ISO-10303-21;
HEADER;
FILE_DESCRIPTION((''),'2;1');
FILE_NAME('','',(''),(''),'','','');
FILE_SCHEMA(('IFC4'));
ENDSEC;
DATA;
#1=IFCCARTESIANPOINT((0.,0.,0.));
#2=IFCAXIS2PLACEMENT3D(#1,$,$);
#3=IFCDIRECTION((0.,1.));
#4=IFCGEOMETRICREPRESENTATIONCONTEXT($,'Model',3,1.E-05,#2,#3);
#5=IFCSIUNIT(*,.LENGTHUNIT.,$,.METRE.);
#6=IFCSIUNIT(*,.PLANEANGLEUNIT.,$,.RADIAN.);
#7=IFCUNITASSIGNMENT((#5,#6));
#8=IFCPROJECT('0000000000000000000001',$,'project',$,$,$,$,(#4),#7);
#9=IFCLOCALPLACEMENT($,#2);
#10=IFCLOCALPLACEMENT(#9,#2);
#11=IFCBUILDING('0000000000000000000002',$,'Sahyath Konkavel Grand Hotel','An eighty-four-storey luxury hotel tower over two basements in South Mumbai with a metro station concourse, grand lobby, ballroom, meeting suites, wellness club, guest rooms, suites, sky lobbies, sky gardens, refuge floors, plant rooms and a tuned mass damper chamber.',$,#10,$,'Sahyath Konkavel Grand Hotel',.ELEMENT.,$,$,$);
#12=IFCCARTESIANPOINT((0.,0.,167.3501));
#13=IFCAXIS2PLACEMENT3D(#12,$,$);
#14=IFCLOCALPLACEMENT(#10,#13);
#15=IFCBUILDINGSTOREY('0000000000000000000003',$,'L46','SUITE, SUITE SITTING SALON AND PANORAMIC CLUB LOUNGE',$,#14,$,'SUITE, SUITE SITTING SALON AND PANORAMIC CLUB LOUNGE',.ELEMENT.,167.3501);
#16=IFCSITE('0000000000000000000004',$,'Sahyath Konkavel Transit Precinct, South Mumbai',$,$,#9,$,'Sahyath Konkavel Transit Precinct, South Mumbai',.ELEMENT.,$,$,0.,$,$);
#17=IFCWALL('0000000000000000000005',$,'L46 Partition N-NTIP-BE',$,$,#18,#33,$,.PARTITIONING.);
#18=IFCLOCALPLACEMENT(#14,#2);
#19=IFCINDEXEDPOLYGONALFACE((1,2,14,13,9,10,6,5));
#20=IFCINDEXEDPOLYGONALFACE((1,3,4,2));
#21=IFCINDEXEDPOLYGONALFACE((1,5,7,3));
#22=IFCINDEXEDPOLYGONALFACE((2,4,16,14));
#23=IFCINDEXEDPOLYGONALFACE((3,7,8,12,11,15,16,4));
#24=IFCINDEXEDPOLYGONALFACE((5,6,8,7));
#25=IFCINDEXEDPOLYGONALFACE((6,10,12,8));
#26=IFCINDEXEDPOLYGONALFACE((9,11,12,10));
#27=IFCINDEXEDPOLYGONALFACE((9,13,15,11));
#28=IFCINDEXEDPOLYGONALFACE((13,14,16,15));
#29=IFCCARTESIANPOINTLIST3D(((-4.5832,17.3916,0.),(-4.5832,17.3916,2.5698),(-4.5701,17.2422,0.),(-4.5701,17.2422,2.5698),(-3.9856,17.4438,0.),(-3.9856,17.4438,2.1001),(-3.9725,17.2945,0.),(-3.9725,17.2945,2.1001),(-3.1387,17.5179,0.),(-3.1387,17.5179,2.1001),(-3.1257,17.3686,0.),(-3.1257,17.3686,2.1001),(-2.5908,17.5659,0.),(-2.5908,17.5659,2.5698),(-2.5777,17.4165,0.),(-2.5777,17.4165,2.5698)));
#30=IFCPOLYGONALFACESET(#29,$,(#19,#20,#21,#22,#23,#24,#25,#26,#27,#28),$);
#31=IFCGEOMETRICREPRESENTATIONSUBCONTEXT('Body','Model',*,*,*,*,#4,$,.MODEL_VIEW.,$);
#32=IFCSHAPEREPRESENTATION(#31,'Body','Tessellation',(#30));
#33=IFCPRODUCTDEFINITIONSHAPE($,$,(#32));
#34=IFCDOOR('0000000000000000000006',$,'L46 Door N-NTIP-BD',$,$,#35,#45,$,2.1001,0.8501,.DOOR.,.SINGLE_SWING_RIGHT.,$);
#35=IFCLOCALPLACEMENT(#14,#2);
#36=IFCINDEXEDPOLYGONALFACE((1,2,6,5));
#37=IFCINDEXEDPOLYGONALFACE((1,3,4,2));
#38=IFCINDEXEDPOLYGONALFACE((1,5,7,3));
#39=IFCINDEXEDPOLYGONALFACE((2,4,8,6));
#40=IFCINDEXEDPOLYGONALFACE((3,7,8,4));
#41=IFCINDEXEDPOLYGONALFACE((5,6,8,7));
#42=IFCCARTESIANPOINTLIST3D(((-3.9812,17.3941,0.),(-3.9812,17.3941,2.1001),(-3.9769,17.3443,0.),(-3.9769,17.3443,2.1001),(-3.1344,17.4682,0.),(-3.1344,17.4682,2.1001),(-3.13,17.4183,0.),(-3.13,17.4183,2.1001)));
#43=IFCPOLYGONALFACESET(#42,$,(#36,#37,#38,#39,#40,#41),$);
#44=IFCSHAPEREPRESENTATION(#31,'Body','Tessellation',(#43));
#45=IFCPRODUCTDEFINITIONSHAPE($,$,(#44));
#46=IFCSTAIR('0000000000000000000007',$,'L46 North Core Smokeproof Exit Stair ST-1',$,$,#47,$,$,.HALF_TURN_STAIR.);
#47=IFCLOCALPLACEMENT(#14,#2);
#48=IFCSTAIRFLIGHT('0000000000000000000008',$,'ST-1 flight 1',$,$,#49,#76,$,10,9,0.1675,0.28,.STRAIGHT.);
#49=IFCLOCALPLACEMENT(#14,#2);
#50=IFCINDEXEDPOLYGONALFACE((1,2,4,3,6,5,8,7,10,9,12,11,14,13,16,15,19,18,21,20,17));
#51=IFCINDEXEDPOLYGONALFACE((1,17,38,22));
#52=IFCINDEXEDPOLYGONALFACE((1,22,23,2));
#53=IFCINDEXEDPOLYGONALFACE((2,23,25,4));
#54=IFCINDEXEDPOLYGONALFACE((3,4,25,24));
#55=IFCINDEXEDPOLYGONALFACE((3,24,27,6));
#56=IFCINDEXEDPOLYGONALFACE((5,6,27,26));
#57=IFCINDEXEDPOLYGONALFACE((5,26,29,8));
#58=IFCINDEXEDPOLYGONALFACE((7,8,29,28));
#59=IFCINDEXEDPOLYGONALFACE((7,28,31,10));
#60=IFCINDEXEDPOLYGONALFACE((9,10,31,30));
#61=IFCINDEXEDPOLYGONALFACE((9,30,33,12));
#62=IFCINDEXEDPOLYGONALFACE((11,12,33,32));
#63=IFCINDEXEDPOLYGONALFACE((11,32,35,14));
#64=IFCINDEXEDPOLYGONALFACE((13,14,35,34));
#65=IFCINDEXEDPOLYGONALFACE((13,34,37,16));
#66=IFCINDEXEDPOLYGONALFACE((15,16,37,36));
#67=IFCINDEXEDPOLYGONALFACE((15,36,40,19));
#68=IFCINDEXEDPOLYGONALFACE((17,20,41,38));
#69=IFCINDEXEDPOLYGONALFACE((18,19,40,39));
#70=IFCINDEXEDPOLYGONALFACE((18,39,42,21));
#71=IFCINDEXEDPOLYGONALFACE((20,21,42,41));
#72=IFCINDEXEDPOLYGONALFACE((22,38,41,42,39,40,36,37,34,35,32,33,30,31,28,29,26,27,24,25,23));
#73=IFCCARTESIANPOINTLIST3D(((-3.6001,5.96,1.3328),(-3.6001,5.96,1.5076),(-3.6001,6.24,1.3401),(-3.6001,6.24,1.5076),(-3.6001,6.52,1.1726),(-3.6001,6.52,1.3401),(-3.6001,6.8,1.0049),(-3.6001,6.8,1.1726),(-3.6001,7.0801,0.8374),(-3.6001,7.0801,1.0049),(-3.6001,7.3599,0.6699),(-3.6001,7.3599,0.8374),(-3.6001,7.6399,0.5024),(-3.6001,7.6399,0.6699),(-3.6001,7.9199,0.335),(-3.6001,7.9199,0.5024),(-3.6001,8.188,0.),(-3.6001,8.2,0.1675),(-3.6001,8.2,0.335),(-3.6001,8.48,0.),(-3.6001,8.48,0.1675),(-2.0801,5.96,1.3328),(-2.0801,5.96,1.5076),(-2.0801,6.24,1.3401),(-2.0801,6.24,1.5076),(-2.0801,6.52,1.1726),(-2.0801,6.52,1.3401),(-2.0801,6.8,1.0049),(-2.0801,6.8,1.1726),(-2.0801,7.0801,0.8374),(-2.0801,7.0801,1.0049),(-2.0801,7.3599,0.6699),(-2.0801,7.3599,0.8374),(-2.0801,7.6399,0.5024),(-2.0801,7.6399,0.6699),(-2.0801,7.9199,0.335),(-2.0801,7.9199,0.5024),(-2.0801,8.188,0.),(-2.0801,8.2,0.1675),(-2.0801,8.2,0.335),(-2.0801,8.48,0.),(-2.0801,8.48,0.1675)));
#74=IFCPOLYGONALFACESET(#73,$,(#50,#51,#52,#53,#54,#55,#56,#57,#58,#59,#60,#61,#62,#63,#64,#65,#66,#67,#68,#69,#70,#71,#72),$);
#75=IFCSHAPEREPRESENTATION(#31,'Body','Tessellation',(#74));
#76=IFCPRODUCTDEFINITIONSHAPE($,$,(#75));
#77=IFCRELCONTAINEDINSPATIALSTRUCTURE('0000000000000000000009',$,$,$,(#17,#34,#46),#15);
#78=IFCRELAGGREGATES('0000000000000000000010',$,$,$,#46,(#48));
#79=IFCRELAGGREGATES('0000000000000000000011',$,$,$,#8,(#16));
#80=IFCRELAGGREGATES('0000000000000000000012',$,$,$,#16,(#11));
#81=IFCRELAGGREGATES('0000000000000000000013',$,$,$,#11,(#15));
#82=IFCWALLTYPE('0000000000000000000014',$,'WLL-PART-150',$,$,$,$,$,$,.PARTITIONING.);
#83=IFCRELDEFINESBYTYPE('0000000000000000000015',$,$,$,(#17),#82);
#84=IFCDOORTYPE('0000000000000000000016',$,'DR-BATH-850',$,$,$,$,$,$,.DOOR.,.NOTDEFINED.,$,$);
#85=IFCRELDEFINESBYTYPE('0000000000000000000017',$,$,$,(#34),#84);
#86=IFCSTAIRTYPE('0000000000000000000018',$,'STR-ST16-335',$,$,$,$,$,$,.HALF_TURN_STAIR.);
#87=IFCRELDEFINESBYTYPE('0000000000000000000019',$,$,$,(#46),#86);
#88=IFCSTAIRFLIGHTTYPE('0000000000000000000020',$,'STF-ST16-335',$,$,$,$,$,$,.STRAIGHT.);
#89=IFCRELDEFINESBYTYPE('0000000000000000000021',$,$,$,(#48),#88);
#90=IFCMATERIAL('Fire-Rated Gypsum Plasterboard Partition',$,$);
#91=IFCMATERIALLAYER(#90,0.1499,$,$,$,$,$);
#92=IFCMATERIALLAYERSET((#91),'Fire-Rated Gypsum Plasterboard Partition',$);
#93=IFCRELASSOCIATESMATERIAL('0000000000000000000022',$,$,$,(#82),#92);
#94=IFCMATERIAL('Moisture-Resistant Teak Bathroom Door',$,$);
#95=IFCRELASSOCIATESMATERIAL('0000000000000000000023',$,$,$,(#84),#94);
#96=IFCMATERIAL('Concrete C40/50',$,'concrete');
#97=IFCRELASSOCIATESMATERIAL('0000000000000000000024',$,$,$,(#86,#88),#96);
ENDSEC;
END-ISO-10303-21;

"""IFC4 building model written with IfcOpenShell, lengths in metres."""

from ifc_helpers import new_model, si_unit, direction, frame, frame_2d, origin, origin_2d, place, context, subcontext, project, spatial, polyline, rectangle, outline, extrude, source, transform, mapped, material, layer, layer_set, type_object, element, fill, aggregate, save


model = new_model("IFC4")

# Units and contexts
model_context = context("Model", 3, precision=1e-05, world=origin(), true_north=direction((0.0, 1.0)))
body_context = subcontext(model_context, "Body", "Model", "MODEL_VIEW")
ifc_project = project(units=[si_unit("LENGTHUNIT", "METRE"), si_unit("PLANEANGLEUNIT", "RADIAN")], contexts=[model_context])

# Site, building, storey
site_placement = place(None, origin())
site = spatial("IfcSite", under=ifc_project, at=site_placement, Name="Sahyath Konkavel Transit Precinct, South Mumbai", LongName="Sahyath Konkavel Transit Precinct, South Mumbai", CompositionType="ELEMENT", RefElevation=0.0)
building_placement = place(site_placement, origin())
building = spatial("IfcBuilding", under=site, at=building_placement, Name="Sahyath Konkavel Grand Hotel", Description="An eighty-four-storey luxury hotel tower over two basements in South Mumbai with a metro station concourse, grand lobby, ballroom, meeting suites, wellness club, guest rooms, suites, sky lobbies, sky gardens, refuge floors, plant rooms and a tuned mass damper chamber.", LongName="Sahyath Konkavel Grand Hotel", CompositionType="ELEMENT")
storey_placement = place(building_placement, frame((0.0, 0.0, 167.3501)))
storey = spatial("IfcBuildingStorey", under=building, at=storey_placement, Name="L46", Description="SUITE, SUITE SITTING SALON AND PANORAMIC CLUB LOUNGE", LongName="SUITE, SUITE SITTING SALON AND PANORAMIC CLUB LOUNGE", CompositionType="ELEMENT", Elevation=167.3501)

# Shared definitions
ifc_material_1 = material(Name="Fire-Rated Gypsum Plasterboard Partition")
ifc_layer_1 = layer(ifc_material_1, 0.1499)
ifc_layer_set_1 = layer_set([ifc_layer_1], Name="Fire-Rated Gypsum Plasterboard Partition")
wall_type_1 = type_object("IfcWallType", Name="WLL-PART-150", PredefinedType="PARTITIONING", material=ifc_layer_set_1)

# Wall, opening, door
wall_1_placement = place(storey_placement, frame((-2.5842, 17.4912, 0.0), z_axis=(0.0, 0.0, 1.0), x_axis=(-0.996195, -0.087156, 0.0)))
wall_1 = element("IfcWall", 1, at=wall_1_placement, inside=storey, type_object=wall_type_1, Name="L46 Partition N-NTIP-BE", PredefinedType="PARTITIONING", context=body_context, shape_type="SweptSolid", body=[
    extrude(rectangle(XDim=2.0, YDim=0.1499, at=frame_2d((1.0, 0.0))), origin(), (0.0, 0.0, 1.0), 2.5698),
])
opening_placement = place(wall_1_placement, frame((0.55, 0.0, 0.0)))
opening = element("IfcOpeningElement", 2, at=opening_placement, cuts=wall_1, PredefinedType="OPENING", context=body_context, shape_type="SweptSolid", body=[
    extrude(rectangle(XDim=0.8501, YDim=2.1001, at=frame_2d((0.425, 1.05))), frame((0.0, 0.085, 0.0), z_axis=(0.0, -1.0, 0.0), x_axis=(1.0, 0.0, 0.0)), (0.0, 0.0, 1.0), 0.1699),
])
ifc_material_2 = material(Name="Moisture-Resistant Teak Bathroom Door")
door_type = type_object("IfcDoorType", Name="DR-BATH-850", OperationType="NOTDEFINED", PredefinedType="DOOR", material=ifc_material_2)
shared_shape_1 = source(origin(), body_context, "Body", "SweptSolid", [
    extrude(rectangle(XDim=0.8501, YDim=0.05, at=origin_2d()), origin(), (0.0, 0.0, 1.0), 2.1001),
])
door_placement = place(opening_placement, frame((0.425, 0.0, 0.0)))
door = element("IfcDoor", 3, at=door_placement, inside=storey, type_object=door_type, Name="L46 Door N-NTIP-BD", OperationType="SINGLE_SWING_RIGHT", OverallHeight=2.1001, OverallWidth=0.8501, PredefinedType="DOOR", context=body_context, shape_type="MappedRepresentation", body=[
    mapped(shared_shape_1, transform((0.0, 0.0, 0.0), scale=1.0)),
])
fill(opening, door)

# Stair, stair flight
ifc_material_3 = material(Name="Concrete C40/50", Category="concrete")
stair_type = type_object("IfcStairType", Name="STR-ST16-335", PredefinedType="HALF_TURN_STAIR", material=ifc_material_3)
stair_placement = place(storey_placement, origin())
stair = element("IfcStair", 4, at=stair_placement, inside=storey, type_object=stair_type, Name="L46 North Core Smokeproof Exit Stair ST-1", PredefinedType="HALF_TURN_STAIR")
stair_flight_type = type_object("IfcStairFlightType", Name="STF-ST16-335", PredefinedType="STRAIGHT", material=ifc_material_3)
stair_flight_placement = place(storey_placement, frame((-2.8401, 8.48, 0.0), z_axis=(0.0, 0.0, 1.0), x_axis=(0.0, -1.0, 0.0)))
stair_flight = element("IfcStairFlight", 5, at=stair_flight_placement, type_object=stair_flight_type, Name="ST-1 flight 1", NumberOfRisers=10, NumberOfTreads=9, PredefinedType="STRAIGHT", RiserHeight=0.1675, TreadLength=0.28, context=body_context, shape_type="SweptSolid", body=[
    extrude(outline(polyline([(0.0, 0.0), (0.0, 0.1675), (0.28, 0.1675), (0.28, 0.335), (0.5601, 0.335), (0.5601, 0.5024), (0.8401, 0.5024), (0.8401, 0.6699), (1.1201, 0.6699), (1.1201, 0.8374), (1.3999, 0.8374), (1.3999, 1.0049), (1.6799, 1.0049), (1.6799, 1.1726), (1.96, 1.1726), (1.96, 1.3401), (2.24, 1.3401), (2.24, 1.5076), (2.52, 1.5076), (2.52, 1.675), (2.52, 1.3328), (0.292, 0.0), (0.0, 0.0)])), frame((0.0, 0.76, 0.0), z_axis=(0.0, -1.0, 0.0), x_axis=(1.0, 0.0, 0.0)), (0.0, 0.0, 1.0), 1.52),
])
aggregate(stair, [stair_flight])

save(model, "model.ifc")
